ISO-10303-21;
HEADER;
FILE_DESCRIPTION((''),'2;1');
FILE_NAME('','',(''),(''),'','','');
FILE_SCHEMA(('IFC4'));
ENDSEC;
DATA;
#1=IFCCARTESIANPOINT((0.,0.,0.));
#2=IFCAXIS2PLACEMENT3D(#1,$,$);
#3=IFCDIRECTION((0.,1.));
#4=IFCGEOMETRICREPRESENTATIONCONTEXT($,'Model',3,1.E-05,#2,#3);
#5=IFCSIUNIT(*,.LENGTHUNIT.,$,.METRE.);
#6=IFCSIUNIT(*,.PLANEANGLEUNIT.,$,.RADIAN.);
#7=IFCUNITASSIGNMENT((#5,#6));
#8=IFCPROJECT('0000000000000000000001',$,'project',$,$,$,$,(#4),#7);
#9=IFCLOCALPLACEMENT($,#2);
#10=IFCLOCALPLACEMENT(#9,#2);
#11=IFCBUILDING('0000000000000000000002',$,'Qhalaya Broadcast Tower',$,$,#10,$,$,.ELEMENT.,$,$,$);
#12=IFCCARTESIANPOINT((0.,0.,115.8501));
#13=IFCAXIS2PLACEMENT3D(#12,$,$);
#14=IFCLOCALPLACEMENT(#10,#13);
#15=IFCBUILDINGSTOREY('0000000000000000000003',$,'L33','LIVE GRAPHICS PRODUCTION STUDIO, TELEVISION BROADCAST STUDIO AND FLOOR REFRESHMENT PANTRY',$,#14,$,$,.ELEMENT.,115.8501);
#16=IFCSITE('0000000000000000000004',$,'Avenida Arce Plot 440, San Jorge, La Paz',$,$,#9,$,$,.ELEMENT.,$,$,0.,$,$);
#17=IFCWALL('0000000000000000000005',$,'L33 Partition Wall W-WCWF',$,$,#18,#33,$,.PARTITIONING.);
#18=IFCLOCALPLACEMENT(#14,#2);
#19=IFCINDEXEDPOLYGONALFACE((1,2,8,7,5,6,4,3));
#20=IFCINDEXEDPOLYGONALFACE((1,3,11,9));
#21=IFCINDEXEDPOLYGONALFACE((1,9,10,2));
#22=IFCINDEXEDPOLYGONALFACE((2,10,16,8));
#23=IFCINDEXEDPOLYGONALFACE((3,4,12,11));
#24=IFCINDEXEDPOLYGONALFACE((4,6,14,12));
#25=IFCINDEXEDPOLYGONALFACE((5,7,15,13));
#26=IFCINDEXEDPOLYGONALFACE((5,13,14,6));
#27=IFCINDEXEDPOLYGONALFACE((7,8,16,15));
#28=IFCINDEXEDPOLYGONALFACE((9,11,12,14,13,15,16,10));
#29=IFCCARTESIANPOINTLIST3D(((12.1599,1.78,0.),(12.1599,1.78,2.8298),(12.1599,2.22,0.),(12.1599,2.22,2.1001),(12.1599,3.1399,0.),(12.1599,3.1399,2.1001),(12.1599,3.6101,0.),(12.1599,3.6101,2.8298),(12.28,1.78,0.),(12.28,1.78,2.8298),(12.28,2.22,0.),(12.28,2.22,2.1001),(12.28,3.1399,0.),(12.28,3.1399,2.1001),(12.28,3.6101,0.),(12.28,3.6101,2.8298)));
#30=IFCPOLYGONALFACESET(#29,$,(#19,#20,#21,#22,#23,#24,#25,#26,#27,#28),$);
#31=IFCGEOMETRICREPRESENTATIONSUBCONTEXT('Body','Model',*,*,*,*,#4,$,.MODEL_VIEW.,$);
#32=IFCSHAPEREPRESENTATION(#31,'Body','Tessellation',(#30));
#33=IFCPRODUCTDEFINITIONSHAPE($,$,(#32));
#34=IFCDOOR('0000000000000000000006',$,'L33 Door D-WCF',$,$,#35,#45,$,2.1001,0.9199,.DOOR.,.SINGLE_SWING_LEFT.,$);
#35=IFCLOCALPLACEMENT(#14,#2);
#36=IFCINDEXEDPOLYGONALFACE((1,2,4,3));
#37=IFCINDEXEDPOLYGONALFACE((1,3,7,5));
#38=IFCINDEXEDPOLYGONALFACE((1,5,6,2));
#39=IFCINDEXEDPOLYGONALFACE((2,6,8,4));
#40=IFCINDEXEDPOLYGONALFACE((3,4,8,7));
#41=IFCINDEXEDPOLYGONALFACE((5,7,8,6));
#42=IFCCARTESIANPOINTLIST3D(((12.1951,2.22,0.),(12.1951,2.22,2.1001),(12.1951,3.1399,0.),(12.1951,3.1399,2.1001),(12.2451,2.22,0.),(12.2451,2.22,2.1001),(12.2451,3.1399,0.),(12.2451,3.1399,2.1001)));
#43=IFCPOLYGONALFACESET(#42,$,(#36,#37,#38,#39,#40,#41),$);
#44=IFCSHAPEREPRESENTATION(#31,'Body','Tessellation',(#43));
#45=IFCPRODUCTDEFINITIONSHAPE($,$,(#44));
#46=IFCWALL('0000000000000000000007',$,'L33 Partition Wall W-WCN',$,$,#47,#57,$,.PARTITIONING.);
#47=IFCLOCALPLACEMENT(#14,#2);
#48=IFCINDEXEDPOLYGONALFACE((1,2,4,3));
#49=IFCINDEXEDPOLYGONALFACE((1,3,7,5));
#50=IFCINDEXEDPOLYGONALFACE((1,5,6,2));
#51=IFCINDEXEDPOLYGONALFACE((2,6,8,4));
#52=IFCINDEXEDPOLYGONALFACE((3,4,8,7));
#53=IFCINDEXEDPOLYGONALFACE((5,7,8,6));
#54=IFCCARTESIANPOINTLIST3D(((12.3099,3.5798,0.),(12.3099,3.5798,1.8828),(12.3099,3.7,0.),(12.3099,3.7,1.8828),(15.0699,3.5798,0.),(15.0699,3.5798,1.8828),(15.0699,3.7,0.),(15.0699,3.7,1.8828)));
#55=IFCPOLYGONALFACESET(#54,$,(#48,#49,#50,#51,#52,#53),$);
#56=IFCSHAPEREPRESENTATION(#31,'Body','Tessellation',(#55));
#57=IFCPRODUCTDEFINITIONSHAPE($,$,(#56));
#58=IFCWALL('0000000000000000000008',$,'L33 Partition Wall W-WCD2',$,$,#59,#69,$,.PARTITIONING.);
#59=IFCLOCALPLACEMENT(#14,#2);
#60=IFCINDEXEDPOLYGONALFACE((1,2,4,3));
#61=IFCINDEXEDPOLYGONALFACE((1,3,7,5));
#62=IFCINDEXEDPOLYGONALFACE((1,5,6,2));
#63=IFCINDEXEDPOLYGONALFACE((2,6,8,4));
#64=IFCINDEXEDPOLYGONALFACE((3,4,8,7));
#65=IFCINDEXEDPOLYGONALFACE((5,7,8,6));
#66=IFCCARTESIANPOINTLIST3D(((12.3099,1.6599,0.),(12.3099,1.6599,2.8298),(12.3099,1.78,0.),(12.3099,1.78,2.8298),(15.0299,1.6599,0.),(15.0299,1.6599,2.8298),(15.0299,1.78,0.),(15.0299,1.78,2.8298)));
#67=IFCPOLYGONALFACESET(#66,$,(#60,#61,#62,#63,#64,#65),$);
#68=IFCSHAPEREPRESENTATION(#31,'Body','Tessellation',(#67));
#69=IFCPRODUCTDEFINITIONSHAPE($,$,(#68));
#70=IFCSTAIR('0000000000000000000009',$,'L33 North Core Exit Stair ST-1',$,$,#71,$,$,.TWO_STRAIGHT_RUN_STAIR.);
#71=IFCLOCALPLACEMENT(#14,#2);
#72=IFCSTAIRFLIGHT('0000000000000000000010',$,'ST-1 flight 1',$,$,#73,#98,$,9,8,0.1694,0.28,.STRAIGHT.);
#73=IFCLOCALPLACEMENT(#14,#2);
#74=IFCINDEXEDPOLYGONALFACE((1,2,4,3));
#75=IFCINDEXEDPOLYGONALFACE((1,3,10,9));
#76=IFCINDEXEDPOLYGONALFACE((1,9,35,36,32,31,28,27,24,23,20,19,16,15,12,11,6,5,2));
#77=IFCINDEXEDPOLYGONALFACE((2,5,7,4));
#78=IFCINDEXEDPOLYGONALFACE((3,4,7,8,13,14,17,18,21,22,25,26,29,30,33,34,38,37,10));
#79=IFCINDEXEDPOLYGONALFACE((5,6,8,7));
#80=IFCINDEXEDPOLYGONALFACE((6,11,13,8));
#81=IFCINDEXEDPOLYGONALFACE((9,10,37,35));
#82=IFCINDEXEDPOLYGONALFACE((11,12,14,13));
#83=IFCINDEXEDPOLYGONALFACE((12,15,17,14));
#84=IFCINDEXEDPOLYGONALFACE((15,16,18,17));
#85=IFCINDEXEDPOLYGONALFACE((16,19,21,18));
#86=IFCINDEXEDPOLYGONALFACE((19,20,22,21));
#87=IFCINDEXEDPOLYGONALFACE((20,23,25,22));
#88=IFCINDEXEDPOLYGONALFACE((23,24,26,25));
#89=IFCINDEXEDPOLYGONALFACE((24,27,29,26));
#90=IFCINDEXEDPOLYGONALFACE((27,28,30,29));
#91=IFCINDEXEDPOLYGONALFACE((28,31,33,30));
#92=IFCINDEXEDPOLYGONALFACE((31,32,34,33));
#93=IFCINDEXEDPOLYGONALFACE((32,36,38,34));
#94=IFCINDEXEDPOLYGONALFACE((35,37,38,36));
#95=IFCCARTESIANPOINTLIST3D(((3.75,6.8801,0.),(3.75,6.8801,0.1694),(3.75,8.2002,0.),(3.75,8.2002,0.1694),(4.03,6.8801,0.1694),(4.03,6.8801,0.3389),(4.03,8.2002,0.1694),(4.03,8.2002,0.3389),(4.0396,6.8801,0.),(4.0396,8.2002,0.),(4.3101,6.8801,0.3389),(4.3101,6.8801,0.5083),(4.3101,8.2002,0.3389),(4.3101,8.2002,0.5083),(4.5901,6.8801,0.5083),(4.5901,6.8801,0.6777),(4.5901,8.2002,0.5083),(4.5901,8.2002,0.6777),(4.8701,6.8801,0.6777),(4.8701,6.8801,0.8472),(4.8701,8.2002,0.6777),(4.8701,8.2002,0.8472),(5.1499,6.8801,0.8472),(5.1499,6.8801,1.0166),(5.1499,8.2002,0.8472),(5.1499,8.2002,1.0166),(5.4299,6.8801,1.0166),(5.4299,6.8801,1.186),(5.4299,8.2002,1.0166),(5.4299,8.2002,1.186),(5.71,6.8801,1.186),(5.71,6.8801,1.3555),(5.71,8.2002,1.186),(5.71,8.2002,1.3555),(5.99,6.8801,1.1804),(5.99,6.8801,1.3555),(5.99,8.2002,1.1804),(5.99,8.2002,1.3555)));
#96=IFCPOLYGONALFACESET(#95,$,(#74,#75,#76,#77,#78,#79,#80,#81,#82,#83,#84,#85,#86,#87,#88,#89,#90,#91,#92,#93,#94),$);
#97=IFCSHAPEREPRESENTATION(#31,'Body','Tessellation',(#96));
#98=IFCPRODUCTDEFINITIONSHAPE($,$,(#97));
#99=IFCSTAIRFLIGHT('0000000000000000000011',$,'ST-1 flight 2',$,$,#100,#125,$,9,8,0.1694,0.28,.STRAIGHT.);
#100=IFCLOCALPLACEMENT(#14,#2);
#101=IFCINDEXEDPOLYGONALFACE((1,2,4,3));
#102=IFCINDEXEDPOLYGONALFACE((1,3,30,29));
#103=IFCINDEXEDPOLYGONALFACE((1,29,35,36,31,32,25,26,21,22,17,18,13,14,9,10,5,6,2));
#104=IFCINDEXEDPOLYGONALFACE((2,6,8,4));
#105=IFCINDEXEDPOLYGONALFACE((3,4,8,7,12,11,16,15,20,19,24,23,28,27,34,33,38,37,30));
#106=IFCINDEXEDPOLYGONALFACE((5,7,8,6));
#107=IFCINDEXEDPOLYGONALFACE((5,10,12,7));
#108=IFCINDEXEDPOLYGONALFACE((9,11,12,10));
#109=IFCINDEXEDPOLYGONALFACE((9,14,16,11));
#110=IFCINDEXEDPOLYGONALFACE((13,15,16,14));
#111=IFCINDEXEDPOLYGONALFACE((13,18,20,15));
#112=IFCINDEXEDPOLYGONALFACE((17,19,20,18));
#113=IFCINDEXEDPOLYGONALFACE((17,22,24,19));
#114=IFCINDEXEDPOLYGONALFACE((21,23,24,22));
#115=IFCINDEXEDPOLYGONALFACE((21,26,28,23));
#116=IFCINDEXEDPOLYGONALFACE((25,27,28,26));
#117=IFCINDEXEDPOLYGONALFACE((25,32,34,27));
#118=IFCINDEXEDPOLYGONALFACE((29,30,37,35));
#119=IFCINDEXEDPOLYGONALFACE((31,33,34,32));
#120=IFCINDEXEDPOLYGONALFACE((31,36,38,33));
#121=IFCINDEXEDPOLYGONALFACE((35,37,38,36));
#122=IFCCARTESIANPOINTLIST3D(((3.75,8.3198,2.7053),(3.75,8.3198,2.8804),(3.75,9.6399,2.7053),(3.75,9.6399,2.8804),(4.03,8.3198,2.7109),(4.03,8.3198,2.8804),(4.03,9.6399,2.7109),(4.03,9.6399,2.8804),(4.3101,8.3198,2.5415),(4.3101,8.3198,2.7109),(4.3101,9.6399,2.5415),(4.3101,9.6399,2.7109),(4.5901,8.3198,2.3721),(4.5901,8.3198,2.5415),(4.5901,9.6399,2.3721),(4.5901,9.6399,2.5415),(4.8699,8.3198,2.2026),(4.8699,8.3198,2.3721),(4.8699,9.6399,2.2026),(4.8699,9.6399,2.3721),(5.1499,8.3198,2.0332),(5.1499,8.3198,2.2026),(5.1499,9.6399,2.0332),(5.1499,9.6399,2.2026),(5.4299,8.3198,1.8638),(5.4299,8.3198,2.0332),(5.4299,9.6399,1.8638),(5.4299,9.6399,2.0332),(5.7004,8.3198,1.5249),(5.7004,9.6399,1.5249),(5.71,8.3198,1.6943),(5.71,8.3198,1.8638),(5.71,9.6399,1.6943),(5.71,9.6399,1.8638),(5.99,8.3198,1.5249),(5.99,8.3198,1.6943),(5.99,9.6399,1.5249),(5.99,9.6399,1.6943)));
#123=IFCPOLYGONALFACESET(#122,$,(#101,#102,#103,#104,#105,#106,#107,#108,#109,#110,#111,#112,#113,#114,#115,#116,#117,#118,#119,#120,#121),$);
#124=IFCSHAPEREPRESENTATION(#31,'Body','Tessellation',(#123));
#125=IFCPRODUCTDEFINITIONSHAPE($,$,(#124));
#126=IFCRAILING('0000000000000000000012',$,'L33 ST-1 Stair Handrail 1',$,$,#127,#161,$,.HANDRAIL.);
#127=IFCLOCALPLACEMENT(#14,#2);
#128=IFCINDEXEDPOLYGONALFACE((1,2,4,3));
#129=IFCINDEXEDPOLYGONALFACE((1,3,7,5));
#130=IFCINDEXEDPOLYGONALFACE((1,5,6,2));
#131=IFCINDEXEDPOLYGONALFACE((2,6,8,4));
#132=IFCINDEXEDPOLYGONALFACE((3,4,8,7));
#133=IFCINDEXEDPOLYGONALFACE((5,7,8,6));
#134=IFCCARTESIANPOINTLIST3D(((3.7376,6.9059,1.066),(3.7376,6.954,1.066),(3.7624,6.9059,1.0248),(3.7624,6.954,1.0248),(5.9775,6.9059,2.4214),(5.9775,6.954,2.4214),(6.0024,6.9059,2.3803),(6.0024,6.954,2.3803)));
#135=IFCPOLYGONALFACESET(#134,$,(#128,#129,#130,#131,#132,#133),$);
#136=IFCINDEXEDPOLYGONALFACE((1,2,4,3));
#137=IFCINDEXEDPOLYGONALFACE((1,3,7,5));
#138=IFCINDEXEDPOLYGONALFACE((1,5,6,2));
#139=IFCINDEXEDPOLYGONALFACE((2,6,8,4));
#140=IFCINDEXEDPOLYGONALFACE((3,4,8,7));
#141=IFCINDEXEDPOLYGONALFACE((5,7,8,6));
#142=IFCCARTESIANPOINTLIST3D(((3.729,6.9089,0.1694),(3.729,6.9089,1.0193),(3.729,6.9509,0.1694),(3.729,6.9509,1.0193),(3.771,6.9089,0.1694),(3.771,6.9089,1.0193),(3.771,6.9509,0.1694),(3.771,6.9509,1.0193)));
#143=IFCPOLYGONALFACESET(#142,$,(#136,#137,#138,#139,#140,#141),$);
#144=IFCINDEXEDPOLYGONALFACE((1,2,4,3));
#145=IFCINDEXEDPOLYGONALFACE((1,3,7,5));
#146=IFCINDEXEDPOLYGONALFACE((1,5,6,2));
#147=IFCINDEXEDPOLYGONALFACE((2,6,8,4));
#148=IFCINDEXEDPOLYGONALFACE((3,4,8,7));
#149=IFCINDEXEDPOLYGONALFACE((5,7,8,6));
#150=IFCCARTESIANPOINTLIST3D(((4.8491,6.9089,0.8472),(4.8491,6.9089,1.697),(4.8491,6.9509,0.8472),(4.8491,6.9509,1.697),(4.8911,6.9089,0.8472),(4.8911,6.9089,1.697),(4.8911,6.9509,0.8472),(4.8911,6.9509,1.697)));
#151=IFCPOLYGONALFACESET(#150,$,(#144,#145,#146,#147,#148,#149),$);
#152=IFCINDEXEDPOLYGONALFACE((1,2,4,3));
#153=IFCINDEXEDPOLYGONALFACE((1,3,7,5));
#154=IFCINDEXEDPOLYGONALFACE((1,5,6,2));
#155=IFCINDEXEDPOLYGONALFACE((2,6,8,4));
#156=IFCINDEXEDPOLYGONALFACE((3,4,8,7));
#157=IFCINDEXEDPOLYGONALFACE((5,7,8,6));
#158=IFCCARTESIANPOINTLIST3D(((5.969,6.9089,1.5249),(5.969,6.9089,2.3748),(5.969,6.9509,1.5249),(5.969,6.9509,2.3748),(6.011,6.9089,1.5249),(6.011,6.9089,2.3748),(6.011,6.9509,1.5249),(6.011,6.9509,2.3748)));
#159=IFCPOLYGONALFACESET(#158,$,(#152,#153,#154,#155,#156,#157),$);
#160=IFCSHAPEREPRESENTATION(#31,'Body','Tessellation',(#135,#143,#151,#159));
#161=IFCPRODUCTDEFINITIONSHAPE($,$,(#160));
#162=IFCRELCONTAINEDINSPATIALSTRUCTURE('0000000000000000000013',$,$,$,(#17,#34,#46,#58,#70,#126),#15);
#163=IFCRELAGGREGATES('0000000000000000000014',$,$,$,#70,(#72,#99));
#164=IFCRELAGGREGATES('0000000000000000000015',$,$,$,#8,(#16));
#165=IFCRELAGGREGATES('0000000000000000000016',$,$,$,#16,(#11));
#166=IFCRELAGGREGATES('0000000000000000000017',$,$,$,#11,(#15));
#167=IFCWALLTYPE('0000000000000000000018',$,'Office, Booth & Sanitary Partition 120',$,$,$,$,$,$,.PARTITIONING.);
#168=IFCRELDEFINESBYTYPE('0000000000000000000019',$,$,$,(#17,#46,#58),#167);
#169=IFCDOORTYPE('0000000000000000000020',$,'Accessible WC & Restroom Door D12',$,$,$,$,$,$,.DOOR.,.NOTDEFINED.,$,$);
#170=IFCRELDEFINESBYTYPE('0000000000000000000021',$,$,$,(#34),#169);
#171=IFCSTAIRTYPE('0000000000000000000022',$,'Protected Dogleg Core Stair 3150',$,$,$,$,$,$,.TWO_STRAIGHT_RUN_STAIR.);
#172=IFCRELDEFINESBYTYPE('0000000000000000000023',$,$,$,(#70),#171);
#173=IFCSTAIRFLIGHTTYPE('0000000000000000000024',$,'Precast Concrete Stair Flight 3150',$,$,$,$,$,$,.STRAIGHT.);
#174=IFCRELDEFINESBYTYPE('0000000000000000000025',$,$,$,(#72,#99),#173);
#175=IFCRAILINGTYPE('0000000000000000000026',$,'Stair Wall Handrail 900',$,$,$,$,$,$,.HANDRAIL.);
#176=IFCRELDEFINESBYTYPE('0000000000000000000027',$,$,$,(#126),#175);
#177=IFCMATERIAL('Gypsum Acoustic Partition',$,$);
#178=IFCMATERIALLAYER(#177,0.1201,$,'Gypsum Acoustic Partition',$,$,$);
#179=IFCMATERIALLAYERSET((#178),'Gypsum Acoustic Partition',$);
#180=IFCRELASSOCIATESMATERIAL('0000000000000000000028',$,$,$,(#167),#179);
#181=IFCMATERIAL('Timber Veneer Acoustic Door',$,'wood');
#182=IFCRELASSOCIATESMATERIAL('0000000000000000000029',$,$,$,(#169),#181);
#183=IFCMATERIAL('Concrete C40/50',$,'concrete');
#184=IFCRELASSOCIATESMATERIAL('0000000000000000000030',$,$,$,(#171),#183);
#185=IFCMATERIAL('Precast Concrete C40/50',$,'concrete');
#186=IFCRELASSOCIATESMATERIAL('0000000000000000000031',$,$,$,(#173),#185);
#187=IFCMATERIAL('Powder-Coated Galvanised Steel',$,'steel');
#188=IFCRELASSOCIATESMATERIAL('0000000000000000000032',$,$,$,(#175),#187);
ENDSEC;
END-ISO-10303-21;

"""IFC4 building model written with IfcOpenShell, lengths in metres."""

from ifc_helpers import new_model, si_unit, direction, frame, frame_2d, origin, origin_2d, place, context, subcontext, project, spatial, polyline, rectangle, outline, extrude, material, layer, layer_set, type_object, element, fill, aggregate, save


model = new_model("IFC4")

# Units and contexts
model_context = context("Model", 3, precision=1e-05, world=origin(), true_north=direction((0.0, 1.0)))
body_context = subcontext(model_context, "Body", "Model", "MODEL_VIEW")
ifc_project = project(units=[si_unit("LENGTHUNIT", "METRE"), si_unit("PLANEANGLEUNIT", "RADIAN")], contexts=[model_context])

# Site, building, storey
site_placement = place(None, origin())
site = spatial("IfcSite", under=ifc_project, at=site_placement, Name="Avenida Arce Plot 440, San Jorge, La Paz", CompositionType="ELEMENT", RefElevation=0.0)
building_placement = place(site_placement, origin())
building = spatial("IfcBuilding", under=site, at=building_placement, Name="Qhalaya Broadcast Tower", CompositionType="ELEMENT")
storey_placement = place(building_placement, frame((0.0, 0.0, 115.8501)))
storey = spatial("IfcBuildingStorey", under=building, at=storey_placement, Name="L33", Description="LIVE GRAPHICS PRODUCTION STUDIO, TELEVISION BROADCAST STUDIO AND FLOOR REFRESHMENT PANTRY", CompositionType="ELEMENT", Elevation=115.8501)

# Shared definitions
ifc_material_1 = material(Name="Gypsum Acoustic Partition")
ifc_material_2 = material(Name="Timber Veneer Acoustic Door", Category="wood")

# Shared definitions
ifc_material_3 = material(Name="Precast Concrete C40/50", Category="concrete")

# Wall, opening, door
ifc_layer_1 = layer(ifc_material_1, 0.1201, Name="Gypsum Acoustic Partition")
ifc_layer_set_1 = layer_set([ifc_layer_1], Name="Gypsum Acoustic Partition")
wall_type_1 = type_object("IfcWallType", Name="Office, Booth & Sanitary Partition 120", PredefinedType="PARTITIONING", material=ifc_layer_set_1)
wall_1_placement = place(storey_placement, frame((12.22, 1.78, 0.0), z_axis=(0.0, 0.0, 1.0), x_axis=(0.0, 1.0, 0.0)))
wall_1 = element("IfcWall", 1, at=wall_1_placement, inside=storey, type_object=wall_type_1, Name="L33 Partition Wall W-WCWF", PredefinedType="PARTITIONING", context=body_context, shape_type="SweptSolid", body=[
    extrude(rectangle(XDim=1.8301, YDim=0.1201, at=frame_2d((0.915, 0.0))), origin(), (0.0, 0.0, 1.0), 2.8298),
])
opening_1_placement = place(wall_1_placement, frame((0.4399, 0.0, 0.0)))
opening_1 = element("IfcOpeningElement", 2, at=opening_1_placement, cuts=wall_1, PredefinedType="OPENING", context=body_context, shape_type="SweptSolid", body=[
    extrude(rectangle(XDim=0.9199, YDim=2.1001, at=frame_2d((0.46, 1.05))), frame((0.0, 0.072, 0.0), z_axis=(0.0, -1.0, 0.0), x_axis=(1.0, 0.0, 0.0)), (0.0, 0.0, 1.0), 0.144),
])
door_type_1 = type_object("IfcDoorType", Name="Accessible WC & Restroom Door D12", OperationType="NOTDEFINED", PredefinedType="DOOR", material=ifc_material_2)
door_1_placement = place(opening_1_placement, origin())
door_1 = element("IfcDoor", 3, at=door_1_placement, inside=storey, type_object=door_type_1, Name="L33 Door D-WCF", OperationType="SINGLE_SWING_LEFT", OverallHeight=2.1001, OverallWidth=0.9199, PredefinedType="DOOR", context=body_context, shape_type="SweptSolid", body=[
    extrude(rectangle(XDim=0.9199, YDim=2.1001, at=frame_2d((0.46, 1.05))), frame((0.0, 0.0249, 0.0), z_axis=(0.0, -1.0, 0.0), x_axis=(1.0, 0.0, 0.0)), (0.0, 0.0, 1.0), 0.05),
])
fill(opening_1, door_1)

# Walls
wall_2_placement = place(storey_placement, frame((12.3101, 3.6399, 0.0), z_axis=(0.0, 0.0, 1.0), x_axis=(1.0, 0.0, 0.0)))
element("IfcWall", 4, at=wall_2_placement, inside=storey, type_object=wall_type_1, Name="L33 Partition Wall W-WCN", PredefinedType="PARTITIONING", context=body_context, shape_type="SweptSolid", body=[
    extrude(rectangle(XDim=2.76, YDim=0.1201, at=frame_2d((1.3799, 0.0))), origin(), (0.0, 0.0, 1.0), 1.8828),
])
wall_3_placement = place(storey_placement, frame((12.3101, 1.72, 0.0), z_axis=(0.0, 0.0, 1.0), x_axis=(1.0, 0.0, 0.0)))
element("IfcWall", 5, at=wall_3_placement, inside=storey, type_object=wall_type_1, Name="L33 Partition Wall W-WCD2", PredefinedType="PARTITIONING", context=body_context, shape_type="SweptSolid", body=[
    extrude(rectangle(XDim=2.72, YDim=0.1201, at=frame_2d((1.3599, 0.0))), origin(), (0.0, 0.0, 1.0), 2.8298),
])

# Stair, stair flights
ifc_material_4 = material(Name="Concrete C40/50", Category="concrete")
stair_type = type_object("IfcStairType", Name="Protected Dogleg Core Stair 3150", PredefinedType="TWO_STRAIGHT_RUN_STAIR", material=ifc_material_4)
stair_placement = place(storey_placement, origin())
stair = element("IfcStair", 6, at=stair_placement, inside=storey, type_object=stair_type, Name="L33 North Core Exit Stair ST-1", PredefinedType="TWO_STRAIGHT_RUN_STAIR")
stair_flight_type = type_object("IfcStairFlightType", Name="Precast Concrete Stair Flight 3150", PredefinedType="STRAIGHT", material=ifc_material_3)
stair_flight_1_placement = place(storey_placement, frame((3.75, 7.54, 0.0), z_axis=(0.0, 0.0, 1.0), x_axis=(1.0, 0.0, 0.0)))
stair_flight_1 = element("IfcStairFlight", 7, at=stair_flight_1_placement, type_object=stair_flight_type, Name="ST-1 flight 1", NumberOfRisers=9, NumberOfTreads=8, PredefinedType="STRAIGHT", RiserHeight=0.1694, TreadLength=0.28, context=body_context, shape_type="SweptSolid", body=[
    extrude(outline(polyline([(0.0, 0.0), (0.0, 0.1694), (0.28, 0.1694), (0.28, 0.3389), (0.5601, 0.3389), (0.5601, 0.5083), (0.8401, 0.5083), (0.8401, 0.6777), (1.1201, 0.6777), (1.1201, 0.8472), (1.3999, 0.8472), (1.3999, 1.0166), (1.6799, 1.0166), (1.6799, 1.186), (1.96, 1.186), (1.96, 1.3555), (2.24, 1.3555), (2.24, 1.5249), (2.24, 1.1804), (0.2896, 0.0), (0.0, 0.0)])), frame((0.0, 0.6602, 0.0), z_axis=(0.0, -1.0, 0.0), x_axis=(1.0, 0.0, 0.0)), (0.0, 0.0, 1.0), 1.3201),
])
stair_flight_2_placement = place(storey_placement, frame((5.99, 8.98, 1.5249), z_axis=(0.0, 0.0, 1.0), x_axis=(-1.0, 0.0, 0.0)))
stair_flight_2 = element("IfcStairFlight", 8, at=stair_flight_2_placement, type_object=stair_flight_type, Name="ST-1 flight 2", NumberOfRisers=9, NumberOfTreads=8, PredefinedType="STRAIGHT", RiserHeight=0.1694, TreadLength=0.28, context=body_context, shape_type="SweptSolid", body=[
    extrude(outline(polyline([(0.0, 0.0), (0.0, 0.1694), (0.28, 0.1694), (0.28, 0.3389), (0.5601, 0.3389), (0.5601, 0.5083), (0.8401, 0.5083), (0.8401, 0.6777), (1.1201, 0.6777), (1.1201, 0.8472), (1.3999, 0.8472), (1.3999, 1.0166), (1.6799, 1.0166), (1.6799, 1.186), (1.96, 1.186), (1.96, 1.3555), (2.24, 1.3555), (2.24, 1.5249), (2.24, 1.1804), (0.2896, 0.0), (0.0, 0.0)])), frame((0.0, 0.6602, 0.0), z_axis=(0.0, -1.0, 0.0), x_axis=(1.0, 0.0, 0.0)), (0.0, 0.0, 1.0), 1.3201),
])
aggregate(stair, [stair_flight_1, stair_flight_2])

# Railing
ifc_material_5 = material(Name="Powder-Coated Galvanised Steel", Category="steel")
railing_type_1 = type_object("IfcRailingType", Name="Stair Wall Handrail 900", PredefinedType="HANDRAIL", material=ifc_material_5)
railing_1_placement = place(storey_placement, frame((3.75, 6.9299, 0.1694)))
element("IfcRailing", 9, at=railing_1_placement, inside=storey, type_object=railing_type_1, Name="L33 ST-1 Stair Handrail 1", PredefinedType="HANDRAIL", context=body_context, shape_type="SweptSolid", body=[
    extrude(rectangle(XDim=0.0481, YDim=0.0481, at=origin_2d()), frame((0.0, 0.0, 0.876), z_axis=(0.855553, 0.0, 0.517715), x_axis=(0.0, 1.0, 0.0)), (0.0, 0.0, 1.0), 2.6182),
    extrude(rectangle(XDim=0.042, YDim=0.042, at=origin_2d()), origin(), (0.0, 0.0, 1.0), 0.8499),
    extrude(rectangle(XDim=0.042, YDim=0.042, at=origin_2d()), frame((1.1201, 0.0, 0.6777)), (0.0, 0.0, 1.0), 0.8499),
    extrude(rectangle(XDim=0.042, YDim=0.042, at=origin_2d()), frame((2.24, 0.0, 1.3555)), (0.0, 0.0, 1.0), 0.8499),
])

save(model, "model.ifc")
